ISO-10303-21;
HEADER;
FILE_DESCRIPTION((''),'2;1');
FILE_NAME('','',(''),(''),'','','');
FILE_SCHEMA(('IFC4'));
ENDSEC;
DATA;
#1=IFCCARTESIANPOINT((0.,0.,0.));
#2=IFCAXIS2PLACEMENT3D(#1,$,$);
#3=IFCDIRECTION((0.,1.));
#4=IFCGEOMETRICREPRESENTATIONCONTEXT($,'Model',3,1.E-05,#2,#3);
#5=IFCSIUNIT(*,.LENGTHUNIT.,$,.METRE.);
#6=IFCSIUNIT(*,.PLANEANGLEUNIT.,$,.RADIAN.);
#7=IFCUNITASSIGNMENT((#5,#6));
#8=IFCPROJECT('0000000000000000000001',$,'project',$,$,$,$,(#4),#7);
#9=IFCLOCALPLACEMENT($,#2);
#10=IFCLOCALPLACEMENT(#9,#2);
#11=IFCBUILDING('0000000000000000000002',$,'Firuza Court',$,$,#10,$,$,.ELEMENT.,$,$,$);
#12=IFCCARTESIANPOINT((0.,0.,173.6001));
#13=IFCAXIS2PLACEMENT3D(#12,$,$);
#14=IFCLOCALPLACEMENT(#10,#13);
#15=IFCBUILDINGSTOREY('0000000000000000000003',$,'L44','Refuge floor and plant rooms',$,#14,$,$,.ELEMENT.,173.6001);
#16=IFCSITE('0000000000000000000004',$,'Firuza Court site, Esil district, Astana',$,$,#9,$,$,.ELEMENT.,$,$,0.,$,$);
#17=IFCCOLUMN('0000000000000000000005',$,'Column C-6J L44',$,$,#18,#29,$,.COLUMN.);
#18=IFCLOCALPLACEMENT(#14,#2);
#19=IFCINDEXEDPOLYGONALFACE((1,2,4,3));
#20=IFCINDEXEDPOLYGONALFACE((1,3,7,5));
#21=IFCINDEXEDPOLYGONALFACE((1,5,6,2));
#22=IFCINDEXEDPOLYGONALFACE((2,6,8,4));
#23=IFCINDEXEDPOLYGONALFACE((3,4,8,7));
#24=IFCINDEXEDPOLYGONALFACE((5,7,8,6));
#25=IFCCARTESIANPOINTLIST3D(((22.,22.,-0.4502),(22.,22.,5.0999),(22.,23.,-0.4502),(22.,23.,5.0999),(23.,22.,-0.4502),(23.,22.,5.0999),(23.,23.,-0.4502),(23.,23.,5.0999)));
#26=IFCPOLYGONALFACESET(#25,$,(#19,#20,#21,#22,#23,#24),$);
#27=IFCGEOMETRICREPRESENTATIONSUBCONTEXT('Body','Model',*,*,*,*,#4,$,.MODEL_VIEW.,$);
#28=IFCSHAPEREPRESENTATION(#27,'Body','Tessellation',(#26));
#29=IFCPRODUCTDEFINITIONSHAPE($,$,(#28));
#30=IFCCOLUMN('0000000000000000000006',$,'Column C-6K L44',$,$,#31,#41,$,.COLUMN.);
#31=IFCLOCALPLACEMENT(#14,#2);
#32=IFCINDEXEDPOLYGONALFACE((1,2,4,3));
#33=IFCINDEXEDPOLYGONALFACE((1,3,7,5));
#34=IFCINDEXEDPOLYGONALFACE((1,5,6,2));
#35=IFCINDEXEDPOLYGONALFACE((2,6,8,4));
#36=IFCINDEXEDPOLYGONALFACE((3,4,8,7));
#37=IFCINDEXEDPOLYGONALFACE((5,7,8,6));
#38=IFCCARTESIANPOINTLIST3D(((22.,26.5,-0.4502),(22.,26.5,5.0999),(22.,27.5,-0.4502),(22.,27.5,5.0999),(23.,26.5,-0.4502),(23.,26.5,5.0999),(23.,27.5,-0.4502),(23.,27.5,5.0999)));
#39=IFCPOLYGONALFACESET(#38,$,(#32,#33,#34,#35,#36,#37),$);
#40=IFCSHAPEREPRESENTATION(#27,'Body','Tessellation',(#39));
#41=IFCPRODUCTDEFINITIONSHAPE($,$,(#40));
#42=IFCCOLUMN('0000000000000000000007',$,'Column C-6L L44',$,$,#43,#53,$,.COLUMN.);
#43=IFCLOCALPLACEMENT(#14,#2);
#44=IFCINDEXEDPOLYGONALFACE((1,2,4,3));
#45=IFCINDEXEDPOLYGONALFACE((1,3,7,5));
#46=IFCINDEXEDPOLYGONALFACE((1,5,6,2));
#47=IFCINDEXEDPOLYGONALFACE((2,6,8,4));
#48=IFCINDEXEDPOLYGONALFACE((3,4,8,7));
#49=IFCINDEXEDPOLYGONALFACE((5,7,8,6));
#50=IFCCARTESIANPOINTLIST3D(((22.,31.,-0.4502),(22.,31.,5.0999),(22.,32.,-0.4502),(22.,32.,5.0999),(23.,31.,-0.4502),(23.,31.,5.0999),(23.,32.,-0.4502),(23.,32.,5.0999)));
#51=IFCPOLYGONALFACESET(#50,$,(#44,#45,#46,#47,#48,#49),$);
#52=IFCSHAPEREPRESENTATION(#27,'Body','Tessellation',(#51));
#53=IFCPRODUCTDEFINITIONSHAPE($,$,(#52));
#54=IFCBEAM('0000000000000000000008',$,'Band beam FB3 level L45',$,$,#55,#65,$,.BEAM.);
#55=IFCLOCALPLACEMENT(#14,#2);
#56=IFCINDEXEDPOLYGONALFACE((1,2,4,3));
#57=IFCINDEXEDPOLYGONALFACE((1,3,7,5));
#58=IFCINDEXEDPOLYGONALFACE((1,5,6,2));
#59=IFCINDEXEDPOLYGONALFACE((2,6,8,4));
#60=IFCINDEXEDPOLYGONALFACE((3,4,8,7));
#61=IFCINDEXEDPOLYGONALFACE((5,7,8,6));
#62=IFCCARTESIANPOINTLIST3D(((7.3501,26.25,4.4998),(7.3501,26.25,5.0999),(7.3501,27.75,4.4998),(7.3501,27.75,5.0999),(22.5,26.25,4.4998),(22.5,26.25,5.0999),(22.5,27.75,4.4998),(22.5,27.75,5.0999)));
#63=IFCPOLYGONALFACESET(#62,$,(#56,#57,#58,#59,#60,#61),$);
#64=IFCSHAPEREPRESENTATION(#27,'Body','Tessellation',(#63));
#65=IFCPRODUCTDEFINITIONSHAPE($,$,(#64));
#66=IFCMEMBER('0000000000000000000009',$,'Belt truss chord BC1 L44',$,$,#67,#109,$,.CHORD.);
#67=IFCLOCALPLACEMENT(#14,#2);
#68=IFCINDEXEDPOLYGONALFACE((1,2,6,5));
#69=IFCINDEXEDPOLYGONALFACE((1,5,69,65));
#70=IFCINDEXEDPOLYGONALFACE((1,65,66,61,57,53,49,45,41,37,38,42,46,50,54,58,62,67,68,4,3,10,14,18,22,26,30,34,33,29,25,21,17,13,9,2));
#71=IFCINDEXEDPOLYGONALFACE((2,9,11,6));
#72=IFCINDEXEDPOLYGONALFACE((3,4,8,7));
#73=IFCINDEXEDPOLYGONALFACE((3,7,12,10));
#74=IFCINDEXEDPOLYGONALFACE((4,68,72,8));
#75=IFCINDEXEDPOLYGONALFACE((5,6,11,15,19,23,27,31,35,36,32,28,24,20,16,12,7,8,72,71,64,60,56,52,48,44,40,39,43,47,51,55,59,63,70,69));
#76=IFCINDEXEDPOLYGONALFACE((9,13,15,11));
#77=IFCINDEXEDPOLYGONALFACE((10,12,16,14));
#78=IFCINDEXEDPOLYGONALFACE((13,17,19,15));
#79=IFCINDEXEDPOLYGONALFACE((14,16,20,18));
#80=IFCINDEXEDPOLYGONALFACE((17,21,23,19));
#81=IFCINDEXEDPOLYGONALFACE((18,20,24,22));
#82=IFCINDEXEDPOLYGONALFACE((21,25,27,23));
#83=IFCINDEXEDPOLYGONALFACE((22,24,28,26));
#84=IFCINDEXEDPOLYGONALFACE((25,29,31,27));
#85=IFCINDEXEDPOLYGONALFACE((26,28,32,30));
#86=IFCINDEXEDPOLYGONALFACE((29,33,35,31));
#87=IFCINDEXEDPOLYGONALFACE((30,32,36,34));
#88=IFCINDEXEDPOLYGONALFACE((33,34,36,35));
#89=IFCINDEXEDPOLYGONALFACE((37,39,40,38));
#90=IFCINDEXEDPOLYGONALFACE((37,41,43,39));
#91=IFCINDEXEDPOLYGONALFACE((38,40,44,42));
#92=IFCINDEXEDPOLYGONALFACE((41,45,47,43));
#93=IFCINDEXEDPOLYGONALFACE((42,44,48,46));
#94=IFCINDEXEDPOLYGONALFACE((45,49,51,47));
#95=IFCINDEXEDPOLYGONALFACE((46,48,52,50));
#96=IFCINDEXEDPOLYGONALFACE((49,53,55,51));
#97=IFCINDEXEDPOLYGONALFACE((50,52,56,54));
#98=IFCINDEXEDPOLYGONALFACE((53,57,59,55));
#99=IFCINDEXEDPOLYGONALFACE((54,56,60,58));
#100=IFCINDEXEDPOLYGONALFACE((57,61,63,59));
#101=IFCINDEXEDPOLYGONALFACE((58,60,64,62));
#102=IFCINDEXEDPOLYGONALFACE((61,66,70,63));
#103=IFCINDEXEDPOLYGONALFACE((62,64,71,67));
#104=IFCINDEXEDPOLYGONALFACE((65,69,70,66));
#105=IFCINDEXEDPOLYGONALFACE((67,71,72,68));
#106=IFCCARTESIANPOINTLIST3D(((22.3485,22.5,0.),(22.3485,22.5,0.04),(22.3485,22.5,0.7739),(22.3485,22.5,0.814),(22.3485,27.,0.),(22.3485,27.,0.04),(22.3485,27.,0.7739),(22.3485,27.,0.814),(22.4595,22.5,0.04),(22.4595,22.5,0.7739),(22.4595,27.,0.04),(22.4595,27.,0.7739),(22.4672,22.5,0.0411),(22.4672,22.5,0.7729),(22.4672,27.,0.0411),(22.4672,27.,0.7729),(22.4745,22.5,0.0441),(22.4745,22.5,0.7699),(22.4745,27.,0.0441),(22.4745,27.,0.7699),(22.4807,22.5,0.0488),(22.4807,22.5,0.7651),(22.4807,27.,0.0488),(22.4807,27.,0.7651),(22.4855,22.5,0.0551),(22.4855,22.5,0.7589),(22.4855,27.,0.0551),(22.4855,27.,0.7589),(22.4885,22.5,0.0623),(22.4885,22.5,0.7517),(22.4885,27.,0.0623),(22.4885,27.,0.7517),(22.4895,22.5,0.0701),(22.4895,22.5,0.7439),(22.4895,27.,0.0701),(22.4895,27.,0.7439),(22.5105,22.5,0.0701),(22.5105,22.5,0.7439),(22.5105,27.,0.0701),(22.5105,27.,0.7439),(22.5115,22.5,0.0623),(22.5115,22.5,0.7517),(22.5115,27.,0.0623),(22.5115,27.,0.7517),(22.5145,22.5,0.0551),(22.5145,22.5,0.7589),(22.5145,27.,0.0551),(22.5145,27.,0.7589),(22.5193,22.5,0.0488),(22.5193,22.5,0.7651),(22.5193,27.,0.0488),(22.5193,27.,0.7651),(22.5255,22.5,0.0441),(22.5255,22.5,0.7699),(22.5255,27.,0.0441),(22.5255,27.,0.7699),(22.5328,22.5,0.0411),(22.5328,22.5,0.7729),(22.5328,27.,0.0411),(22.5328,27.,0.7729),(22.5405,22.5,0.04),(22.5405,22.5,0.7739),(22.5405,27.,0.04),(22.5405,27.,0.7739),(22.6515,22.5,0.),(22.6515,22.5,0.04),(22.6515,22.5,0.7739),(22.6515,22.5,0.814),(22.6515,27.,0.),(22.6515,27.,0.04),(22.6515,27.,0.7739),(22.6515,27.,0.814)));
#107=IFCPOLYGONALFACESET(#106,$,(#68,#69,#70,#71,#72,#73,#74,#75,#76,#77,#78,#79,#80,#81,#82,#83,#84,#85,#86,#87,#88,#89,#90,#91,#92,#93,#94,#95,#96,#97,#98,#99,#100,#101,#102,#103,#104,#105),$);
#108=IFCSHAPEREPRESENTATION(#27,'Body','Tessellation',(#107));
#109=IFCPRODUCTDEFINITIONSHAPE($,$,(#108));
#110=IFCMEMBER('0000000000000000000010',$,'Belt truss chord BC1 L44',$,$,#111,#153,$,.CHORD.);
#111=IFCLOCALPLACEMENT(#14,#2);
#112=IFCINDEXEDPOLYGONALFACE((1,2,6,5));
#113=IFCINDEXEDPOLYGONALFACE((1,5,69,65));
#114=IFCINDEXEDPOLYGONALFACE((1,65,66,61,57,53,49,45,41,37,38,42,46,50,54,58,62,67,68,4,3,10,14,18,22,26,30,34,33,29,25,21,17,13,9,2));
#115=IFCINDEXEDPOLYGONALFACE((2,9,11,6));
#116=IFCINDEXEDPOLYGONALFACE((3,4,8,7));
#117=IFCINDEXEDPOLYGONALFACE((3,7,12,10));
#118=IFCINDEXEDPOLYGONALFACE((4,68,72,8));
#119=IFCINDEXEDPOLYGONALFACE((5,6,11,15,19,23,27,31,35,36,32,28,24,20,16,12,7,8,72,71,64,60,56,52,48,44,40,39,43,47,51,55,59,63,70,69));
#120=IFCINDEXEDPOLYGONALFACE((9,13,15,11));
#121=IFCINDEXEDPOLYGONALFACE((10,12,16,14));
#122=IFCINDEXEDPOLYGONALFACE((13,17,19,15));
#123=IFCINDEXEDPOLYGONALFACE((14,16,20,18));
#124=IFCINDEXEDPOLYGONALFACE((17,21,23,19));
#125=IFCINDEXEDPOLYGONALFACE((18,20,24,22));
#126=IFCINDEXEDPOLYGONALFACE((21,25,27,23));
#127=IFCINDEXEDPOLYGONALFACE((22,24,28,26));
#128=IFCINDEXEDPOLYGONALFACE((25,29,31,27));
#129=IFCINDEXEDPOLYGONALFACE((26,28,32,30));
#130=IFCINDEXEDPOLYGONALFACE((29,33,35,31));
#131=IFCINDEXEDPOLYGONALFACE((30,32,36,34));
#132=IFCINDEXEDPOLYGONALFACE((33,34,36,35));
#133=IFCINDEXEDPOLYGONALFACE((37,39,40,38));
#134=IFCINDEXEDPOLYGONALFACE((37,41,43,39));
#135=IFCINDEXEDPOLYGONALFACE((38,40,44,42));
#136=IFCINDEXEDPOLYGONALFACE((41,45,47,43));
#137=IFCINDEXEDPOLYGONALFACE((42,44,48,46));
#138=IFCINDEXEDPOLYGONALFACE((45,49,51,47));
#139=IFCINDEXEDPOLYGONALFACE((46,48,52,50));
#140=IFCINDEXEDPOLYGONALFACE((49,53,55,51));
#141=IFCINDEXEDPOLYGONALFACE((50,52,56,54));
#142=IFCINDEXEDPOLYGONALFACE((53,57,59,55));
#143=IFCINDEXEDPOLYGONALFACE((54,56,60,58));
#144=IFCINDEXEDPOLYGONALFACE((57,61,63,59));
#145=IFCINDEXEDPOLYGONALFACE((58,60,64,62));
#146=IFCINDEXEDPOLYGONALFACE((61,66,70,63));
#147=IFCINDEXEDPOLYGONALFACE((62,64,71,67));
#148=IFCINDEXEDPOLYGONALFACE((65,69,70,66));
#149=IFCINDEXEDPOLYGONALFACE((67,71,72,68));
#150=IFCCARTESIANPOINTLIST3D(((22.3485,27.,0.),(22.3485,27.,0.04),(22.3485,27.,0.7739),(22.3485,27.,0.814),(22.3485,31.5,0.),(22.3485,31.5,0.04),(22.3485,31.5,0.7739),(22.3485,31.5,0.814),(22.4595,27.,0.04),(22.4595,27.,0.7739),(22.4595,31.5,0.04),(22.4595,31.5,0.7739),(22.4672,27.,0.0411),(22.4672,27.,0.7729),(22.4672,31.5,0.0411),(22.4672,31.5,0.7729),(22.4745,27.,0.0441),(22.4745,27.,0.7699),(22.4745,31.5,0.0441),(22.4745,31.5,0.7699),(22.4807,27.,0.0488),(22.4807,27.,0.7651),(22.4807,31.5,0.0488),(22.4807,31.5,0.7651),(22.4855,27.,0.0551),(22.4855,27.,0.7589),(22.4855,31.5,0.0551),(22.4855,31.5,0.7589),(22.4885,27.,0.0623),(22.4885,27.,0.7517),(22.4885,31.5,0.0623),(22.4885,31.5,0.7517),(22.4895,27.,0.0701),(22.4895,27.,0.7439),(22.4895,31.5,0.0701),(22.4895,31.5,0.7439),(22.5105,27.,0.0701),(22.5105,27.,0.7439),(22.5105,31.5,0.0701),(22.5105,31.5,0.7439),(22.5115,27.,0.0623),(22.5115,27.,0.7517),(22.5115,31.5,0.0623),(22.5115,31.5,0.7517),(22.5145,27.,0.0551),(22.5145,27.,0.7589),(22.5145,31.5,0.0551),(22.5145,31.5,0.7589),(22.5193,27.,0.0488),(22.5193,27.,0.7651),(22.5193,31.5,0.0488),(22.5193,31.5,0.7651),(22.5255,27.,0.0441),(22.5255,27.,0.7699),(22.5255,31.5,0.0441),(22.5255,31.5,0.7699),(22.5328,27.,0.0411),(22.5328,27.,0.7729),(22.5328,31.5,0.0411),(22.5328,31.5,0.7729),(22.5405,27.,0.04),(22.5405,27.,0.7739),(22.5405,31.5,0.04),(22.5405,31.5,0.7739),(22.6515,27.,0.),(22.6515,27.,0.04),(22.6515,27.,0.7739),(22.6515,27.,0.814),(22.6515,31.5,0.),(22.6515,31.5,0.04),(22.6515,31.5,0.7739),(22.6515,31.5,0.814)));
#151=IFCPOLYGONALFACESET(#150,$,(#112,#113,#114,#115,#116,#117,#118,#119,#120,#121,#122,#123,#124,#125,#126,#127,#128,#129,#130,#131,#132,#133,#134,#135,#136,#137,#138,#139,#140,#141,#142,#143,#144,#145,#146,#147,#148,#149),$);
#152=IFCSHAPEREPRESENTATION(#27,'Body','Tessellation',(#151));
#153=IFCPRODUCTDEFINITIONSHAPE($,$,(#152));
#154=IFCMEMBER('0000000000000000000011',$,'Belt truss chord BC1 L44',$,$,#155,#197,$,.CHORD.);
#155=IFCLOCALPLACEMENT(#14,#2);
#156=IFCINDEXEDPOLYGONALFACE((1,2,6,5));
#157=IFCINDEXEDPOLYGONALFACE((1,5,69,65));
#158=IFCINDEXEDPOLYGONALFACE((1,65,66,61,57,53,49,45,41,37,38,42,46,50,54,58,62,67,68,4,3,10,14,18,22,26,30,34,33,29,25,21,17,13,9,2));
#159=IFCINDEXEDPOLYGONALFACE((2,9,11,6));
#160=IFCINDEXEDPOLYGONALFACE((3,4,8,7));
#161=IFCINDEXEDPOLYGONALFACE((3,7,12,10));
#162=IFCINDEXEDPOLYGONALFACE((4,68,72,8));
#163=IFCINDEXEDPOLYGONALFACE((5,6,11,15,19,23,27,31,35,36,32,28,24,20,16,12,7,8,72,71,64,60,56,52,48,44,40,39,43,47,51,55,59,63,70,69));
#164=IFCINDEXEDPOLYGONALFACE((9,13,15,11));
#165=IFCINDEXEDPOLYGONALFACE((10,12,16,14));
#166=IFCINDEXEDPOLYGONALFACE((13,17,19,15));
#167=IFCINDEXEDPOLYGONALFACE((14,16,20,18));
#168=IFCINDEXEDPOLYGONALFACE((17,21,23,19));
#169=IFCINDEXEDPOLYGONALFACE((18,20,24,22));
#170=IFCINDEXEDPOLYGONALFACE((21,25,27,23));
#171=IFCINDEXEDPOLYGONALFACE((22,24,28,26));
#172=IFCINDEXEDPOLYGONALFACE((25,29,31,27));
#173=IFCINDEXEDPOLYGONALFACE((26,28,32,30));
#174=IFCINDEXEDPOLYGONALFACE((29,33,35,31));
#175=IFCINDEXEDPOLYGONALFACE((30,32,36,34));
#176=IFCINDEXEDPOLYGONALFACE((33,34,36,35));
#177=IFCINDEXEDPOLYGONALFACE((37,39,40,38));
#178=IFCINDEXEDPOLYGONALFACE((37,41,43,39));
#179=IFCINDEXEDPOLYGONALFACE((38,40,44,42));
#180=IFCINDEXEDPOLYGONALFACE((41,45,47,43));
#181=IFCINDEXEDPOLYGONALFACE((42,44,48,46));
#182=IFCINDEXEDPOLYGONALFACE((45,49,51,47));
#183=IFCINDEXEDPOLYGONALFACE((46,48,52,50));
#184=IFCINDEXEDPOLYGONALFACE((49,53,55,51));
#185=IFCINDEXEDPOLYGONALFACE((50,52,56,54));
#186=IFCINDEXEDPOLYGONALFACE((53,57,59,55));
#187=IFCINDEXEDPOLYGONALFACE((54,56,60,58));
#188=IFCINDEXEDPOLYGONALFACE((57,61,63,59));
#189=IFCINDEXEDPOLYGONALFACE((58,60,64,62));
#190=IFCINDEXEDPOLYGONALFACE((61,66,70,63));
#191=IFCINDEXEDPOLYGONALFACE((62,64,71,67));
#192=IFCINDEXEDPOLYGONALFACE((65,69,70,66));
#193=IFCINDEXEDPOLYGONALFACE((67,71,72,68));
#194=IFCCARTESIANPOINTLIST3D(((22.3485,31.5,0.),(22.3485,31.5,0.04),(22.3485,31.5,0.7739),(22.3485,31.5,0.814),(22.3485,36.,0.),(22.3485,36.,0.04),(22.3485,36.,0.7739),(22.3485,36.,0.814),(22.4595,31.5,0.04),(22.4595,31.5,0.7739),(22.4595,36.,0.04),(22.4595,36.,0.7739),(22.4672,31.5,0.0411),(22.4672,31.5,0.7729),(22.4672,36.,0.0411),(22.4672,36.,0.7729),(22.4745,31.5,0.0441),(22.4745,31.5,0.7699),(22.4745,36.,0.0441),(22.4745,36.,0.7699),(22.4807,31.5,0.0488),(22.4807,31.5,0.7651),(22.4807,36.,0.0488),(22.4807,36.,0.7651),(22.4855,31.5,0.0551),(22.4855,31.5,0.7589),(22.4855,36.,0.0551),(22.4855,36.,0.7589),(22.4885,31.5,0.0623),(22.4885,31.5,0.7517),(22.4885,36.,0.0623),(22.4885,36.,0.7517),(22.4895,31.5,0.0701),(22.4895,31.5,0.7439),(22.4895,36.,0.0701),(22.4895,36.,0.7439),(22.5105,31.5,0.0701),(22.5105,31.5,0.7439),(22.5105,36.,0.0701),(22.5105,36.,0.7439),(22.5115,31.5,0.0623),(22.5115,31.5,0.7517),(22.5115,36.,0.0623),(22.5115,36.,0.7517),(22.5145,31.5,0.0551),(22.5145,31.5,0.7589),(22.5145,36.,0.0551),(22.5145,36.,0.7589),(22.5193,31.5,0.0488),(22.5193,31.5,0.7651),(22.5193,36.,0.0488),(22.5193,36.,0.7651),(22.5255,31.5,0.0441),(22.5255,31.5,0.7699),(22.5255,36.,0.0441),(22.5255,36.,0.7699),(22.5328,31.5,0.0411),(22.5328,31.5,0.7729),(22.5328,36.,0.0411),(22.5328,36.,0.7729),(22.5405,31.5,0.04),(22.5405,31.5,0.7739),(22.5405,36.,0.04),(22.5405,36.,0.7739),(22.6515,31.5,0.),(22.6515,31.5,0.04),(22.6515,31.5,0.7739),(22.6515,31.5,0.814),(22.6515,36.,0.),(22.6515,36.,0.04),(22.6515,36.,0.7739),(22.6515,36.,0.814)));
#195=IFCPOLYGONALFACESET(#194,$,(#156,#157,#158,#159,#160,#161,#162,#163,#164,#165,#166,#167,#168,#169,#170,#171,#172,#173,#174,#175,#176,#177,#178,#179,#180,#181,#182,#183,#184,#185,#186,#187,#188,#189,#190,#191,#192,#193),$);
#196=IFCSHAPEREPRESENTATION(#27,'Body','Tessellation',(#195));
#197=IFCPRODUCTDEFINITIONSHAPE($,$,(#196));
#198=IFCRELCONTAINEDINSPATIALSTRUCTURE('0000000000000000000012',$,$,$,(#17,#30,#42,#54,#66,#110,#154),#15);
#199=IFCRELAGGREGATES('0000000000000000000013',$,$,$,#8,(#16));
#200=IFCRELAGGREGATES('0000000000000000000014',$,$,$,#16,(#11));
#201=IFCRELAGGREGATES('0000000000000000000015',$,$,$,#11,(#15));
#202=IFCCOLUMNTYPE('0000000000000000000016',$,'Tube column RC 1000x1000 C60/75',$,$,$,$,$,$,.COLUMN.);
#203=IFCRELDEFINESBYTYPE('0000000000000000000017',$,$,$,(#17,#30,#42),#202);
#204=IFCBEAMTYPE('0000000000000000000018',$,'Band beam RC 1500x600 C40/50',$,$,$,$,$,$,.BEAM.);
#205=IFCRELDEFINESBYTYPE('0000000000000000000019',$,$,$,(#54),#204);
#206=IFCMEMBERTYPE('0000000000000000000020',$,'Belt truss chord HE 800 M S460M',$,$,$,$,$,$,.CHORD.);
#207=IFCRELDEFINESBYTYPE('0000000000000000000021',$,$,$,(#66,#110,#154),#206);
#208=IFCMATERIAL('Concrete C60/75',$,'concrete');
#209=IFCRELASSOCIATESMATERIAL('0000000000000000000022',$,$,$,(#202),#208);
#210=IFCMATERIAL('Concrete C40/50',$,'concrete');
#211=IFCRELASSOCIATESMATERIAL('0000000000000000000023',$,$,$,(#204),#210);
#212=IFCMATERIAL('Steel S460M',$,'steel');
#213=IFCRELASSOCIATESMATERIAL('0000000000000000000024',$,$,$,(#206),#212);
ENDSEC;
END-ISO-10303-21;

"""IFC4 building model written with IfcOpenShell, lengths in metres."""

from ifc_helpers import new_model, si_unit, direction, frame, origin, origin_2d, place, context, subcontext, project, spatial, rectangle, i_section, extrude, material, material_profile, profile_set, type_object, element, save


model = new_model("IFC4")

# Units and contexts
model_context = context("Model", 3, precision=1e-05, world=origin(), true_north=direction((0.0, 1.0)))
body_context = subcontext(model_context, "Body", "Model", "MODEL_VIEW")
ifc_project = project(units=[si_unit("LENGTHUNIT", "METRE"), si_unit("PLANEANGLEUNIT", "RADIAN")], contexts=[model_context])

# Site, building, storey
site_placement = place(None, origin())
site = spatial("IfcSite", under=ifc_project, at=site_placement, Name="Firuza Court site, Esil district, Astana", CompositionType="ELEMENT", RefElevation=0.0)
building_placement = place(site_placement, origin())
building = spatial("IfcBuilding", under=site, at=building_placement, Name="Firuza Court", CompositionType="ELEMENT")
storey_placement = place(building_placement, frame((0.0, 0.0, 173.6001)))
storey = spatial("IfcBuildingStorey", under=building, at=storey_placement, Name="L44", Description="Refuge floor and plant rooms", CompositionType="ELEMENT", Elevation=173.6001)

# Columns
ifc_material_1 = material(Name="Concrete C60/75", Category="concrete")
ifc_material_profile_1 = material_profile(ifc_material_1, rectangle(XDim=1.0, YDim=1.0, at=origin_2d()), Name="RC 1000x1000")
ifc_profile_set_1 = profile_set([ifc_material_profile_1], Name="Concrete C60/75")
column_type = type_object("IfcColumnType", Name="Tube column RC 1000x1000 C60/75", PredefinedType="COLUMN", material=ifc_profile_set_1)
for number, where, z_axis, x_axis, name in (
    (1, (22.5, 22.5, -0.4502), (0.0, 0.0, 1.0), (1.0, 0.0, 0.0), "Column C-6J L44"),
    (2, (22.5, 27.0, -0.4502), (0.0, 0.0, 1.0), (1.0, 0.0, 0.0), "Column C-6K L44"),
    (3, (22.5, 31.5, -0.4502), (0.0, 0.0, 1.0), (1.0, 0.0, 0.0), "Column C-6L L44"),
):
    element("IfcColumn", number, at=place(storey_placement, frame(where, z_axis=z_axis, x_axis=x_axis)), inside=storey, type_object=column_type, Name=name, PredefinedType="COLUMN", context=body_context, shape_type="SweptSolid", body=[
        extrude(rectangle(XDim=1.0, YDim=1.0, at=origin_2d()), origin(), (0.0, 0.0, 1.0), 5.55),
    ])

# Beam
ifc_material_2 = material(Name="Concrete C40/50", Category="concrete")
ifc_material_profile_2 = material_profile(ifc_material_2, rectangle(XDim=1.5, YDim=0.6001, at=origin_2d()), Name="RC 1500x600")
ifc_profile_set_2 = profile_set([ifc_material_profile_2], Name="Concrete C40/50")
beam_type_1 = type_object("IfcBeamType", Name="Band beam RC 1500x600 C40/50", PredefinedType="BEAM", material=ifc_profile_set_2)
beam_placement = place(storey_placement, frame((22.5, 27.0, 4.7998), z_axis=(-1.0, 0.0, 0.0), x_axis=(0.0, -1.0, 0.0)))
element("IfcBeam", 4, at=beam_placement, inside=storey, type_object=beam_type_1, Name="Band beam FB3 level L45", PredefinedType="BEAM", context=body_context, shape_type="SweptSolid", body=[
    extrude(rectangle(XDim=1.5, YDim=0.6001, at=origin_2d()), origin(), (0.0, 0.0, 1.0), 15.1499),
])

# Members
ifc_material_3 = material(Name="Steel S460M", Category="steel")
ifc_material_profile_3 = material_profile(ifc_material_3, i_section(OverallWidth=0.303, OverallDepth=0.814, WebThickness=0.021, FlangeThickness=0.04, FilletRadius=0.03, at=origin_2d()), Name="HE 800 M")
ifc_profile_set_3 = profile_set([ifc_material_profile_3], Name="Steel S460M")
member_type_1 = type_object("IfcMemberType", Name="Belt truss chord HE 800 M S460M", PredefinedType="CHORD", material=ifc_profile_set_3)
for number, where, z_axis, x_axis, name in (
    (5, (22.5, 22.5, 0.407), (0.0, 1.0, 0.0), (-1.0, 0.0, 0.0), "Belt truss chord BC1 L44"),
    (6, (22.5, 27.0, 0.407), (0.0, 1.0, 0.0), (-1.0, 0.0, 0.0), "Belt truss chord BC1 L44"),
    (7, (22.5, 31.5, 0.407), (0.0, 1.0, 0.0), (-1.0, 0.0, 0.0), "Belt truss chord BC1 L44"),
):
    element("IfcMember", number, at=place(storey_placement, frame(where, z_axis=z_axis, x_axis=x_axis)), inside=storey, type_object=member_type_1, Name=name, PredefinedType="CHORD", context=body_context, shape_type="SweptSolid", body=[
        extrude(i_section(OverallWidth=0.303, OverallDepth=0.814, WebThickness=0.021, FlangeThickness=0.04, FilletRadius=0.03, at=origin_2d()), origin(), (0.0, 0.0, 1.0), 4.5),
    ])

save(model, "model.ifc")
